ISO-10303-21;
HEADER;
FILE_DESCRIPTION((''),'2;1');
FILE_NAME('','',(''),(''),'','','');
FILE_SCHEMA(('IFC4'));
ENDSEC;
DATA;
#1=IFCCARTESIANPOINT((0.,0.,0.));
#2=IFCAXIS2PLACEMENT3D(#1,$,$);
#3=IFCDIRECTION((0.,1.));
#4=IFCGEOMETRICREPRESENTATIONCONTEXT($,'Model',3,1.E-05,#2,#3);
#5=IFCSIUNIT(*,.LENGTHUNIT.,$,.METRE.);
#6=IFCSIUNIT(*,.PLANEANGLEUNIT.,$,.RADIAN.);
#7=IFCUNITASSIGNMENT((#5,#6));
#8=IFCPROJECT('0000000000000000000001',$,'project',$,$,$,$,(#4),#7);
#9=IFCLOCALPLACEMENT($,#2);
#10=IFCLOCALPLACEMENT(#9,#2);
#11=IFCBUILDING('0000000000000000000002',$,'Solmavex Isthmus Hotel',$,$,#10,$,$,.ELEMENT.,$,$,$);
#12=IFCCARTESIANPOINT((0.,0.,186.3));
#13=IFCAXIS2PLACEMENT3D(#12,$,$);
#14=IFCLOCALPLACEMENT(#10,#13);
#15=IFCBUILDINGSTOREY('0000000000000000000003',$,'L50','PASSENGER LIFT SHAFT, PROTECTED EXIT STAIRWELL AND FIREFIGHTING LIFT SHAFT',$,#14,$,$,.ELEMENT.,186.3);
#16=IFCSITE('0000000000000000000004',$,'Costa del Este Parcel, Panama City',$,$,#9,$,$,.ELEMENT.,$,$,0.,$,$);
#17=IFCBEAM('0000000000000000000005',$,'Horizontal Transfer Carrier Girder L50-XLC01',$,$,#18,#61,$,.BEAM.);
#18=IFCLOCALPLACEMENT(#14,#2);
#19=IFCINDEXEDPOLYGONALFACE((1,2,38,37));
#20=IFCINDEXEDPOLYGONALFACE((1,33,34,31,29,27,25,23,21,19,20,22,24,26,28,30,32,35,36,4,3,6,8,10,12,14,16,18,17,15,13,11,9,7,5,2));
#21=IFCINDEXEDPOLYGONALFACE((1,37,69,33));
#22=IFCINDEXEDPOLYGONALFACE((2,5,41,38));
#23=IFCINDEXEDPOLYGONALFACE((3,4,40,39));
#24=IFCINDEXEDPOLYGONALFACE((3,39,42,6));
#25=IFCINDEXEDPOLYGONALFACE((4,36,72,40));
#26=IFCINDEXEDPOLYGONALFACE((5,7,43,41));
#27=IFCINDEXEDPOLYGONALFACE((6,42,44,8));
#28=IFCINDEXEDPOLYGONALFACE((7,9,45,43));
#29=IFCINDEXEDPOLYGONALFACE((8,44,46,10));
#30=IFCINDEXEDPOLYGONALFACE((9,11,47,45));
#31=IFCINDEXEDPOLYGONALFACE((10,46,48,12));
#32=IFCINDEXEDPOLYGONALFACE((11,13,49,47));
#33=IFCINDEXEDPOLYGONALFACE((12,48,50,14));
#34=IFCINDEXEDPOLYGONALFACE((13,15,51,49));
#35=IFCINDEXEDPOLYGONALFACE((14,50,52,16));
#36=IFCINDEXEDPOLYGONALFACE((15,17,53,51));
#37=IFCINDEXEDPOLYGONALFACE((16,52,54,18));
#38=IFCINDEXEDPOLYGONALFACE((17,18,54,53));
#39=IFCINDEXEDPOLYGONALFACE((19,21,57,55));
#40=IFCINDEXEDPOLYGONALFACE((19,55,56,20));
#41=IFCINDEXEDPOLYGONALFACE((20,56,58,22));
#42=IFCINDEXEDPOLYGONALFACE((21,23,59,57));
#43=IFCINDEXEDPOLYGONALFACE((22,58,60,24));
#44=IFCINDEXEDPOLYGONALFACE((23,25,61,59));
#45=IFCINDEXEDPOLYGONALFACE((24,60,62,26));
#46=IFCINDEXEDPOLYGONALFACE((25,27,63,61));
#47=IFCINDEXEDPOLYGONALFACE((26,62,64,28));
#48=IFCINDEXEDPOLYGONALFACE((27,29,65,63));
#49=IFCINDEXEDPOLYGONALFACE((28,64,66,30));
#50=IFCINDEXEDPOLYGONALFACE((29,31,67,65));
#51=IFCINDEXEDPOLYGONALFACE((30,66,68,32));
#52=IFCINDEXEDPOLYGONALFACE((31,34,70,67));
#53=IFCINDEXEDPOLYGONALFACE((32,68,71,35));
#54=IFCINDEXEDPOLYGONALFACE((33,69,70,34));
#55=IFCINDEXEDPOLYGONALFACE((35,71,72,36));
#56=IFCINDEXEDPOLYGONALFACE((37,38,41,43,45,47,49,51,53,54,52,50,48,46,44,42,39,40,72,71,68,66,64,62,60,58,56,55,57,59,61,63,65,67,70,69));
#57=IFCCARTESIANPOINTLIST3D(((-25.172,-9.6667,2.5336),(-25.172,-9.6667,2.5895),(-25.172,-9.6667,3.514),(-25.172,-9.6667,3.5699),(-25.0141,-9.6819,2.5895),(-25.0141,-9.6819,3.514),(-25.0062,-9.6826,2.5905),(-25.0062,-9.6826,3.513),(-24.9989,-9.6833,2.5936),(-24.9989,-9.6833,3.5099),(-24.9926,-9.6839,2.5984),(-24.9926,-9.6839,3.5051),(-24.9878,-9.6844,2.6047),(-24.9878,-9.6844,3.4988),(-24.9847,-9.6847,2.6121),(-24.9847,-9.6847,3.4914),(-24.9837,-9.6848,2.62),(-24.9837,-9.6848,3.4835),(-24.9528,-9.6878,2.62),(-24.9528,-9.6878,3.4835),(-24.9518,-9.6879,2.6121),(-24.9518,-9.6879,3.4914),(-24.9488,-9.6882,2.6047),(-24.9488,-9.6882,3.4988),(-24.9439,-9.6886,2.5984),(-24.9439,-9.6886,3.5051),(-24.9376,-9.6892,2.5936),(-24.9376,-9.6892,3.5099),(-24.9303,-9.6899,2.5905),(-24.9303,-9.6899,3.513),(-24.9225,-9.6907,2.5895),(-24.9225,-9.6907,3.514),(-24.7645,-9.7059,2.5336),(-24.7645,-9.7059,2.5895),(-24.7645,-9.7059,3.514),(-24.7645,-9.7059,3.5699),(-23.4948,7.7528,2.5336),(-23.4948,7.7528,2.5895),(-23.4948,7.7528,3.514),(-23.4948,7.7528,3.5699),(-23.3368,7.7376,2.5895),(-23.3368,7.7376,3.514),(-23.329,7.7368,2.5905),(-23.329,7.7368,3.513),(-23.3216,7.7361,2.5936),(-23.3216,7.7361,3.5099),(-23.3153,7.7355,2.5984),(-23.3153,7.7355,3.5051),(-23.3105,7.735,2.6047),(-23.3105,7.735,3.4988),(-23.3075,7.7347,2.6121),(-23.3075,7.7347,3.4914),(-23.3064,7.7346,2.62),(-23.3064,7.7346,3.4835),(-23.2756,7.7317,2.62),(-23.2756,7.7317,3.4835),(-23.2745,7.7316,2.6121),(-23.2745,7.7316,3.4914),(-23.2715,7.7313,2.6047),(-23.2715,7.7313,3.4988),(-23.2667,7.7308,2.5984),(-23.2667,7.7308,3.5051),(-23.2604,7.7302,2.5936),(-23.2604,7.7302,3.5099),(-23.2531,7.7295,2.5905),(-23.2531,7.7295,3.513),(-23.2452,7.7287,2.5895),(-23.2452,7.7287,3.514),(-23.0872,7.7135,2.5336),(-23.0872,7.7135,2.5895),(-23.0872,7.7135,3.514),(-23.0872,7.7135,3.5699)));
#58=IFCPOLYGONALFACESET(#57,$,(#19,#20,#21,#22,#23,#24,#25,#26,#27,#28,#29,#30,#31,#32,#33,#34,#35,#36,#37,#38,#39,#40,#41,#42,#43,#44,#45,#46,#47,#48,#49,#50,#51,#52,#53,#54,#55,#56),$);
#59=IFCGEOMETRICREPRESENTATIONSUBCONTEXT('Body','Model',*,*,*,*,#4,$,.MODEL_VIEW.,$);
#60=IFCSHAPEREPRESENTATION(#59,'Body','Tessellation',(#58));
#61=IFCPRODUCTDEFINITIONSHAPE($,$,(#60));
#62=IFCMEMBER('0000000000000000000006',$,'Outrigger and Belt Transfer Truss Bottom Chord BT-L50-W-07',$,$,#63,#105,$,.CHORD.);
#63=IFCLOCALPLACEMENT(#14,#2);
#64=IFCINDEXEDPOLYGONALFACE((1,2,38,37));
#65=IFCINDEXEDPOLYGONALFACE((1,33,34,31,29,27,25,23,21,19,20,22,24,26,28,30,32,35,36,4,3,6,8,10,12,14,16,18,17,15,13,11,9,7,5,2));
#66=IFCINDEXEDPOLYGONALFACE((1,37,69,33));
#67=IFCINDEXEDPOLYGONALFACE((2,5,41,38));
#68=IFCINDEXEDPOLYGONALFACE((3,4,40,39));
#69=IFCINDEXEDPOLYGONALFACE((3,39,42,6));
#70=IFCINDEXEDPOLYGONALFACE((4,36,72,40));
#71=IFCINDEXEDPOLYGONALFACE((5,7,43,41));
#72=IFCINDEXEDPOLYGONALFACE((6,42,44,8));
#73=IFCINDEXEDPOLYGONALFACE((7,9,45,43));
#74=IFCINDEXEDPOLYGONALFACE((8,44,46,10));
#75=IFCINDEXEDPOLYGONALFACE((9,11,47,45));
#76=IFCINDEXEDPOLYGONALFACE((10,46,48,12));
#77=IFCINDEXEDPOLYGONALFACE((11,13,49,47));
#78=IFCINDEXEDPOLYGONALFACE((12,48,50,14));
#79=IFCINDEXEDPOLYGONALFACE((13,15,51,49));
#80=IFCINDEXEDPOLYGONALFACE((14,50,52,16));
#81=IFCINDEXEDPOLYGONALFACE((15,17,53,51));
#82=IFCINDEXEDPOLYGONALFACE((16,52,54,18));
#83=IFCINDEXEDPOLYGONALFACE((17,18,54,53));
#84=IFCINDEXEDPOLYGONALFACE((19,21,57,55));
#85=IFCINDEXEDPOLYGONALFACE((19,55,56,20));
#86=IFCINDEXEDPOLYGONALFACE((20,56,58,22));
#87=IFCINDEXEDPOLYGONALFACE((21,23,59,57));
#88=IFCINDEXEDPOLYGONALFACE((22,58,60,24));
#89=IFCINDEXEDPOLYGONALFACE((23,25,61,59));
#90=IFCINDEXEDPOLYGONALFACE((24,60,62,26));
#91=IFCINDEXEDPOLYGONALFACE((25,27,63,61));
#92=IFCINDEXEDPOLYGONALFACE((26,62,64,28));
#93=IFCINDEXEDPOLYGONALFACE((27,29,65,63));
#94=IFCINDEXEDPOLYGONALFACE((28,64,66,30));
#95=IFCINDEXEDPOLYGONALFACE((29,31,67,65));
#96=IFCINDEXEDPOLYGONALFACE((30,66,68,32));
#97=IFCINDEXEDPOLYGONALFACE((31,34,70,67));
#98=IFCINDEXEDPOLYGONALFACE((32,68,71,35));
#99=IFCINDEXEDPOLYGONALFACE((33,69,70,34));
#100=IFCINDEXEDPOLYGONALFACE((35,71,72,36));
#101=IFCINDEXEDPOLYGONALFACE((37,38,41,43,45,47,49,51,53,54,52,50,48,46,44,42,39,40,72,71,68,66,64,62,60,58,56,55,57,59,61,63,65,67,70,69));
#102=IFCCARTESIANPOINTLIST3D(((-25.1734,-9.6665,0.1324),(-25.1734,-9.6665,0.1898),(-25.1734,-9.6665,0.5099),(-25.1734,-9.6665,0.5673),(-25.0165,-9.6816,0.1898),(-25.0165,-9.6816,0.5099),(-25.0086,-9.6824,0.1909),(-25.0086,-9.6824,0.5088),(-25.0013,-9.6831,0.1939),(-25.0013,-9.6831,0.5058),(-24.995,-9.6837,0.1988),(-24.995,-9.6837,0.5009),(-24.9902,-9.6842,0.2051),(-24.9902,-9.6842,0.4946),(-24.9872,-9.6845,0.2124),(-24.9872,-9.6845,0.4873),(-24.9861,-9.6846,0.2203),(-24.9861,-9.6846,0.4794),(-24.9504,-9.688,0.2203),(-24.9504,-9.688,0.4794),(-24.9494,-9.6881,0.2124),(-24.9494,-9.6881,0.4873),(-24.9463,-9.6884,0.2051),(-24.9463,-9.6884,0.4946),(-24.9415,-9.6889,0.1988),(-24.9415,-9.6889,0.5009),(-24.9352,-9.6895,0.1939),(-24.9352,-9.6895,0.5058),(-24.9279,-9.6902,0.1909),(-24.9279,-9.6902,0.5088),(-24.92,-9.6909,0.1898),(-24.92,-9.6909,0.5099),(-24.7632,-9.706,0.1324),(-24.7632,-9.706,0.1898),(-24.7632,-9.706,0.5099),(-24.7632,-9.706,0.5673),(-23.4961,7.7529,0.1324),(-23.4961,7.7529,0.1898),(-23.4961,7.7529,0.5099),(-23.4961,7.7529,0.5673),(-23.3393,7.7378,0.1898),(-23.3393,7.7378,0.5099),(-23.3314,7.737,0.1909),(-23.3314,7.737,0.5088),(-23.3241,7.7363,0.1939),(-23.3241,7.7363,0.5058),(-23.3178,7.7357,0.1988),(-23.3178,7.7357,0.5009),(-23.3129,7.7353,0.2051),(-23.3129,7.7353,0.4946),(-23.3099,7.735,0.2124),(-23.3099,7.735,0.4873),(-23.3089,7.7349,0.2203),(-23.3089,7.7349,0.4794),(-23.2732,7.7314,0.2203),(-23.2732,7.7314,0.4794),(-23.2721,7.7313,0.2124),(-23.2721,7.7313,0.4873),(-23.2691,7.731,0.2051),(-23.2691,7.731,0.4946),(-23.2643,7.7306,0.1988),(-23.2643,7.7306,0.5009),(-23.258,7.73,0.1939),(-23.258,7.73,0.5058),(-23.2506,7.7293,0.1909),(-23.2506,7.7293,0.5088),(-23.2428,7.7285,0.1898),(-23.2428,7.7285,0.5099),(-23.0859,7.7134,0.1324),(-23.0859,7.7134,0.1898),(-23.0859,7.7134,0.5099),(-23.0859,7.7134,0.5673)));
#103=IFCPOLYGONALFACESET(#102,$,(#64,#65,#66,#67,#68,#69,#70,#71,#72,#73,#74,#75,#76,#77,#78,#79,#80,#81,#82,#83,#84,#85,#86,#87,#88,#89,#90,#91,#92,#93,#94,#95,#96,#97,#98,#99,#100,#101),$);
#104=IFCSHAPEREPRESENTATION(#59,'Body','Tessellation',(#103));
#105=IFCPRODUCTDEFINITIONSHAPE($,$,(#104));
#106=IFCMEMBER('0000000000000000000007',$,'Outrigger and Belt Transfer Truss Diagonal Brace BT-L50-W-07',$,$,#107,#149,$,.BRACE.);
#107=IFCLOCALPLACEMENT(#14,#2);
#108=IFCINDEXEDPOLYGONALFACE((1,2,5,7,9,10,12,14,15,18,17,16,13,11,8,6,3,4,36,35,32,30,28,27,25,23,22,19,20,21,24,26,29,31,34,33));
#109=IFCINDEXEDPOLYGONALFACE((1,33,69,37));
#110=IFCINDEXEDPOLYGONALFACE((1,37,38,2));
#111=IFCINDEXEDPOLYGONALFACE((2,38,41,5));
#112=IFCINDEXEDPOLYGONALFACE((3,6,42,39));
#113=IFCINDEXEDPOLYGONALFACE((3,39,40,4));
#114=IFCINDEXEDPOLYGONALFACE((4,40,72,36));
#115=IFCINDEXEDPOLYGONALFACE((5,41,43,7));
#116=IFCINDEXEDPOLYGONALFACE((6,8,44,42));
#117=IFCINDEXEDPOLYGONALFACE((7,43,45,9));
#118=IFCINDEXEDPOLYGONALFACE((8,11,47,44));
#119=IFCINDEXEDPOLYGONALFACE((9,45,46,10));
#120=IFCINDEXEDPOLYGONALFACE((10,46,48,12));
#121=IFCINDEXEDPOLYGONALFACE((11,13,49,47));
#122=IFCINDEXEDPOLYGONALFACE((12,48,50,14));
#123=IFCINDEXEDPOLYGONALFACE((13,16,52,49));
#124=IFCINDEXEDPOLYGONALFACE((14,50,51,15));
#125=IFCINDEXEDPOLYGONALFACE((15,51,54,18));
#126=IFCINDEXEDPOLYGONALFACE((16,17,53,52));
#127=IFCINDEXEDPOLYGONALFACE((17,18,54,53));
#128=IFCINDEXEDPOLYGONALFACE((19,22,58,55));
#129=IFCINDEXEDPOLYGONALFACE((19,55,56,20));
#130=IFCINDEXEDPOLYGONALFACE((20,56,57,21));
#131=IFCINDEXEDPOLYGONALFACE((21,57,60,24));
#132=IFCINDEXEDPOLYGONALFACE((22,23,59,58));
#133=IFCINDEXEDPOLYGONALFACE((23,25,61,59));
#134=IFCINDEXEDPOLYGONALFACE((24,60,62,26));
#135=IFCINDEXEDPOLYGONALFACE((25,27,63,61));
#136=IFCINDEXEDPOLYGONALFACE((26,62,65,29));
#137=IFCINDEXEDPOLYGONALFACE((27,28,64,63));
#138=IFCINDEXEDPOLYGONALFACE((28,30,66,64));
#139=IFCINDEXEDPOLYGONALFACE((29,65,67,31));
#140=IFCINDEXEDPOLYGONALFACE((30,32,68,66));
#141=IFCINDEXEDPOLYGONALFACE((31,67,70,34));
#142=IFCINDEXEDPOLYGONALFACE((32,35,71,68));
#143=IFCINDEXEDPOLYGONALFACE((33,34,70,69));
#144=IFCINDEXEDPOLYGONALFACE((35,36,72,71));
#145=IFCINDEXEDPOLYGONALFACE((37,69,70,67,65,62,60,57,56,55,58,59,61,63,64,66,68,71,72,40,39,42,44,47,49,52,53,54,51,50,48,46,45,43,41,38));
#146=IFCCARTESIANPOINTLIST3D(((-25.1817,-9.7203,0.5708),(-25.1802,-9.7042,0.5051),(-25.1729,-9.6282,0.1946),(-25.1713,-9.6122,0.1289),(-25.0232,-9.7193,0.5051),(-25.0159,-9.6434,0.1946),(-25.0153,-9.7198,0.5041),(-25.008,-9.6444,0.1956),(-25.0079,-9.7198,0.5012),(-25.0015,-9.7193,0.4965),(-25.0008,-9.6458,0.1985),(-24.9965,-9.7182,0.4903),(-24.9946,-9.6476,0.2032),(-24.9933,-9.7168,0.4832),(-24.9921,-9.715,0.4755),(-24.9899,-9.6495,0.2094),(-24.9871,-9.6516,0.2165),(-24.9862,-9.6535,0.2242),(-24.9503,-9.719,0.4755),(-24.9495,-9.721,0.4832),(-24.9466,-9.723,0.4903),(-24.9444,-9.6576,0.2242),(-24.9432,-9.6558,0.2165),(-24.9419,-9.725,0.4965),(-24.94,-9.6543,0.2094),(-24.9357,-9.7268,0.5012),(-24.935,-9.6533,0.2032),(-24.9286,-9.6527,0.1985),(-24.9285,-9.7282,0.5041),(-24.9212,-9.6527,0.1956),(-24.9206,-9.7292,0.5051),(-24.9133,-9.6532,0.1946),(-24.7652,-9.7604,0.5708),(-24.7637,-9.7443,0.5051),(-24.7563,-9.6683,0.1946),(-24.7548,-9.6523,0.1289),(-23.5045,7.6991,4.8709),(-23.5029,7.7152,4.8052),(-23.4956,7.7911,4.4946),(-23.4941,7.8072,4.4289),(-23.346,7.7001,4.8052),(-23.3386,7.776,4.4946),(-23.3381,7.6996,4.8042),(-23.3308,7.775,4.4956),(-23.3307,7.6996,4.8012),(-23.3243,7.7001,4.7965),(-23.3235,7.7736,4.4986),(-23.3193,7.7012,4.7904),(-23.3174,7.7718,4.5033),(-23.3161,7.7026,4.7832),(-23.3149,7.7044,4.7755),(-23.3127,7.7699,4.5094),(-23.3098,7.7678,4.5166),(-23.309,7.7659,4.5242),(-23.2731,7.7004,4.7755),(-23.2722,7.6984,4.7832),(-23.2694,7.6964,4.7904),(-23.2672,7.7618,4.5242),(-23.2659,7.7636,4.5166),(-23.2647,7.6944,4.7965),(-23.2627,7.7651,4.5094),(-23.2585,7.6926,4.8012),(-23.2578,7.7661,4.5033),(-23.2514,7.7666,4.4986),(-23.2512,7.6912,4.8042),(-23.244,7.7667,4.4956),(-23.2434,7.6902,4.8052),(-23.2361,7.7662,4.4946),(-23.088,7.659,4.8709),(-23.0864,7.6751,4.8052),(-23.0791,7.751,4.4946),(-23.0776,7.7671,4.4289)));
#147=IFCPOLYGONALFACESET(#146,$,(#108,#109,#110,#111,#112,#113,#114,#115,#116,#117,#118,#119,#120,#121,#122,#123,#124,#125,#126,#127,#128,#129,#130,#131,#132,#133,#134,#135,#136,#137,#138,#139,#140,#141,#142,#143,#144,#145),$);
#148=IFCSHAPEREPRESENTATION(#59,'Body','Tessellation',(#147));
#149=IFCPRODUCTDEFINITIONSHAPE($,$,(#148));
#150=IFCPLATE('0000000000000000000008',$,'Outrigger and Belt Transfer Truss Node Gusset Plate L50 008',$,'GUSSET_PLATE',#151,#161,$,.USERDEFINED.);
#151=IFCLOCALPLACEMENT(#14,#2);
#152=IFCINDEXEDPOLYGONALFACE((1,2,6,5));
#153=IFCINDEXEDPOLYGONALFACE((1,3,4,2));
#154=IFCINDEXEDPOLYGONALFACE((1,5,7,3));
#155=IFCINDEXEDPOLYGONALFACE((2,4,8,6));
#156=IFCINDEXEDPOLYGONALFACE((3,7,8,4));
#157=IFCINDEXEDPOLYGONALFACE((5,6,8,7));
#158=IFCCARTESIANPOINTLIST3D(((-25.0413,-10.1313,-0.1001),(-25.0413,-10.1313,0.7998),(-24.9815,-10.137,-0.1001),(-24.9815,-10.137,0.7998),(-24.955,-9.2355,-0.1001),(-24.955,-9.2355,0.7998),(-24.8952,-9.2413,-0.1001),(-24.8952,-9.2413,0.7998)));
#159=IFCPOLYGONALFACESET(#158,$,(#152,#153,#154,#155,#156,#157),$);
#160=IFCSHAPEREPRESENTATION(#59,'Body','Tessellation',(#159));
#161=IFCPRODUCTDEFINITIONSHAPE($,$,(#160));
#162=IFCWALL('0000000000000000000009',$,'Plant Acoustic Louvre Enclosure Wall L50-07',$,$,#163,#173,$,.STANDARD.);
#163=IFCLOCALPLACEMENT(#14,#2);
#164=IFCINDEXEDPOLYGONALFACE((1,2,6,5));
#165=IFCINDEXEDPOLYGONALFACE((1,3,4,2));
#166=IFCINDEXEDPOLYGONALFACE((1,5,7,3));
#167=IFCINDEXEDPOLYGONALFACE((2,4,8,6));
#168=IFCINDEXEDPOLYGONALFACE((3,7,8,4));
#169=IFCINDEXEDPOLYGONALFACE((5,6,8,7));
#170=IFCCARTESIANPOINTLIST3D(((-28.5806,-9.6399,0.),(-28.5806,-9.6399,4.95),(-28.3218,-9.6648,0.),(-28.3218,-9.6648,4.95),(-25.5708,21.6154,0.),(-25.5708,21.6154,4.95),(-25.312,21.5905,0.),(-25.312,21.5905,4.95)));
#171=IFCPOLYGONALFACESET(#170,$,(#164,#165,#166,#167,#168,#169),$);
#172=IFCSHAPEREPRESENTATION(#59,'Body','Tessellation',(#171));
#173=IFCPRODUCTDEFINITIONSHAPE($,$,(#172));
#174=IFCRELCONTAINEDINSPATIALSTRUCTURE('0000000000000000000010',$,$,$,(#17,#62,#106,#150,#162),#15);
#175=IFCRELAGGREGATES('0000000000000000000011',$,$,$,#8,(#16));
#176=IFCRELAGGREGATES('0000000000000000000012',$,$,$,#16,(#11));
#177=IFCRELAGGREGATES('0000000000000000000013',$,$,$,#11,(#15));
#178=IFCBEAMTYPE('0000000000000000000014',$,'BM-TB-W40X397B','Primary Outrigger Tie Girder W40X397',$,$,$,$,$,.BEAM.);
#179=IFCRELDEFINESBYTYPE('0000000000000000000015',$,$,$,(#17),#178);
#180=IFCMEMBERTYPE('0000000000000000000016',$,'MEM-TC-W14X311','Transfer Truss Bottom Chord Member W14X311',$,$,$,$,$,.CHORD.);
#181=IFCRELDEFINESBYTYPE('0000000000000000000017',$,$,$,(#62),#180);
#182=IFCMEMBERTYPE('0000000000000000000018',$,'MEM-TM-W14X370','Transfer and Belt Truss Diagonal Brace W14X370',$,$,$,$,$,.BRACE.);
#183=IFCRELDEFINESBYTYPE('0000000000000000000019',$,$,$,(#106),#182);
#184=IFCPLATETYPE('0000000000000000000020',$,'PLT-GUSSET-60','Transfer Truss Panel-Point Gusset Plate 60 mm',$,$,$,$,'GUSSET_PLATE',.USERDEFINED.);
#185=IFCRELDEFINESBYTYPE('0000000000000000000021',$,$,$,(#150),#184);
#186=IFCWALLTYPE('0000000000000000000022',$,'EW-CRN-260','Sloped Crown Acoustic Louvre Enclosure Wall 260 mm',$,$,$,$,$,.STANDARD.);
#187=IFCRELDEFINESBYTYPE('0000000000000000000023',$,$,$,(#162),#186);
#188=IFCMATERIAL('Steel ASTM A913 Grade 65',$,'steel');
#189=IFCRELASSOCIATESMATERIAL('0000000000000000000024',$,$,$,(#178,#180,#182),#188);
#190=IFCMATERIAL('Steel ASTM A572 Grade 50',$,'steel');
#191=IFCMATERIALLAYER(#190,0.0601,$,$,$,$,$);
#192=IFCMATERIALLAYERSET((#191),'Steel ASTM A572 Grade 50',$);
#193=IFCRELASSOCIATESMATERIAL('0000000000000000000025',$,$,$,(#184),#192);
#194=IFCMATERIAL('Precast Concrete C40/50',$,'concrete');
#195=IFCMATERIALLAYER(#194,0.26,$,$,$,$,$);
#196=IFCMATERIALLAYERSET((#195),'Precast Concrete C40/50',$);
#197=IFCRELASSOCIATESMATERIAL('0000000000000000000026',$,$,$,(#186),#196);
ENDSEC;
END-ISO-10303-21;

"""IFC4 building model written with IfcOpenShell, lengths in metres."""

from ifc_helpers import new_model, si_unit, direction, frame, frame_2d, origin, origin_2d, place, context, subcontext, project, spatial, rectangle, i_section, extrude, material, layer, layer_set, material_profile, profile_set, type_object, element, save


model = new_model("IFC4")

# Units and contexts
model_context = context("Model", 3, precision=1e-05, world=origin(), true_north=direction((0.0, 1.0)))
body_context = subcontext(model_context, "Body", "Model", "MODEL_VIEW")
ifc_project = project(units=[si_unit("LENGTHUNIT", "METRE"), si_unit("PLANEANGLEUNIT", "RADIAN")], contexts=[model_context])

# Site, building, storey
site_placement = place(None, origin())
site = spatial("IfcSite", under=ifc_project, at=site_placement, Name="Costa del Este Parcel, Panama City", CompositionType="ELEMENT", RefElevation=0.0)
building_placement = place(site_placement, origin())
building = spatial("IfcBuilding", under=site, at=building_placement, Name="Solmavex Isthmus Hotel", CompositionType="ELEMENT")
storey_placement = place(building_placement, frame((0.0, 0.0, 186.3)))
storey = spatial("IfcBuildingStorey", under=building, at=storey_placement, Name="L50", Description="PASSENGER LIFT SHAFT, PROTECTED EXIT STAIRWELL AND FIREFIGHTING LIFT SHAFT", CompositionType="ELEMENT", Elevation=186.3)

# Shared definitions
ifc_material_1 = material(Name="Steel ASTM A913 Grade 65", Category="steel")

# Beam
ifc_material_profile_1 = material_profile(ifc_material_1, i_section(OverallWidth=0.4094, OverallDepth=1.0364, WebThickness=0.031, FlangeThickness=0.0559, FilletRadius=0.0305, at=origin_2d()), Name="W40X397")
ifc_profile_set_1 = profile_set([ifc_material_profile_1], Name="Steel ASTM A913 Grade 65")
beam_type_1 = type_object("IfcBeamType", Name="BM-TB-W40X397B", Description="Primary Outrigger Tie Girder W40X397", PredefinedType="BEAM", material=ifc_profile_set_1)
beam_1_placement = place(storey_placement, frame((-24.9683, -9.6863, 3.0518), z_axis=(0.095843, 0.995396, 0.0), x_axis=(-0.995396, 0.095843, 0.0)))
element("IfcBeam", 1, at=beam_1_placement, inside=storey, type_object=beam_type_1, Name="Horizontal Transfer Carrier Girder L50-XLC01", PredefinedType="BEAM", context=body_context, shape_type="SweptSolid", body=[
    extrude(i_section(OverallWidth=0.4094, OverallDepth=1.0364, WebThickness=0.031, FlangeThickness=0.0559, FilletRadius=0.0305, at=origin_2d()), origin(), (0.0, 0.0, 1.0), 17.5),
])

# Members
ifc_material_profile_2 = material_profile(ifc_material_1, i_section(OverallWidth=0.4121, OverallDepth=0.4348, WebThickness=0.0359, FlangeThickness=0.0574, FilletRadius=0.0305, at=origin_2d()), Name="W14X311")
ifc_profile_set_2 = profile_set([ifc_material_profile_2], Name="Steel ASTM A913 Grade 65")
member_type_1 = type_object("IfcMemberType", Name="MEM-TC-W14X311", Description="Transfer Truss Bottom Chord Member W14X311", PredefinedType="CHORD", material=ifc_profile_set_2)
member_1_placement = place(storey_placement, frame((-24.9683, -9.6863, 0.3499), z_axis=(0.095843, 0.995396, 0.0), x_axis=(-0.995396, 0.095843, 0.0)))
element("IfcMember", 2, at=member_1_placement, inside=storey, type_object=member_type_1, Name="Outrigger and Belt Transfer Truss Bottom Chord BT-L50-W-07", PredefinedType="CHORD", context=body_context, shape_type="SweptSolid", body=[
    extrude(i_section(OverallWidth=0.4121, OverallDepth=0.4348, WebThickness=0.0359, FlangeThickness=0.0574, FilletRadius=0.0305, at=origin_2d()), origin(), (0.0, 0.0, 1.0), 17.5),
])
ifc_material_profile_3 = material_profile(ifc_material_1, i_section(OverallWidth=0.4185, OverallDepth=0.4551, WebThickness=0.042, FlangeThickness=0.0676, FilletRadius=0.0305, at=origin_2d()), Name="W14X370")
ifc_profile_set_3 = profile_set([ifc_material_profile_3], Name="Steel ASTM A913 Grade 65")
member_type_2 = type_object("IfcMemberType", Name="MEM-TM-W14X370", Description="Transfer and Belt Truss Diagonal Brace W14X370", PredefinedType="BRACE", material=ifc_profile_set_3)
member_2_placement = place(storey_placement, frame((-24.9683, -9.6863, 0.3499), z_axis=(0.093074, 0.966643, 0.238619), x_axis=(-0.995396, 0.095843, 0.0)))
element("IfcMember", 3, at=member_2_placement, inside=storey, type_object=member_type_2, Name="Outrigger and Belt Transfer Truss Diagonal Brace BT-L50-W-07", PredefinedType="BRACE", context=body_context, shape_type="SweptSolid", body=[
    extrude(i_section(OverallWidth=0.4185, OverallDepth=0.4551, WebThickness=0.042, FlangeThickness=0.0676, FilletRadius=0.0305, at=origin_2d()), origin(), (0.0, 0.0, 1.0), 18.0205),
])

# Plate
ifc_material_2 = material(Name="Steel ASTM A572 Grade 50", Category="steel")
ifc_layer_1 = layer(ifc_material_2, 0.0601)
ifc_layer_set_1 = layer_set([ifc_layer_1], Name="Steel ASTM A572 Grade 50")
plate_type = type_object("IfcPlateType", Name="PLT-GUSSET-60", Description="Transfer Truss Panel-Point Gusset Plate 60 mm", ElementType="GUSSET_PLATE", PredefinedType="USERDEFINED", material=ifc_layer_set_1)
plate_placement = place(storey_placement, frame((-24.9683, -9.6863, -0.1001), z_axis=(0.0, 0.0, 1.0), x_axis=(0.095846, 0.995396, 0.0)))
element("IfcPlate", 4, at=plate_placement, inside=storey, type_object=plate_type, Name="Outrigger and Belt Transfer Truss Node Gusset Plate L50 008", ObjectType="GUSSET_PLATE", PredefinedType="USERDEFINED", context=body_context, shape_type="SweptSolid", body=[
    extrude(rectangle(XDim=0.8999, YDim=0.0601, at=origin_2d()), origin(), (0.0, 0.0, 1.0), 0.8999),
])

# Wall
ifc_material_3 = material(Name="Precast Concrete C40/50", Category="concrete")
ifc_layer_2 = layer(ifc_material_3, 0.26)
ifc_layer_set_2 = layer_set([ifc_layer_2], Name="Precast Concrete C40/50")
wall_type_1 = type_object("IfcWallType", Name="EW-CRN-260", Description="Sloped Crown Acoustic Louvre Enclosure Wall 260 mm", PredefinedType="STANDARD", material=ifc_layer_set_2)
wall_1_placement = place(storey_placement, frame((-28.4512, -9.6523, 0.0), z_axis=(0.0, 0.0, 1.0), x_axis=(0.095853, 0.995396, 0.0)))
element("IfcWall", 5, at=wall_1_placement, inside=storey, type_object=wall_type_1, Name="Plant Acoustic Louvre Enclosure Wall L50-07", PredefinedType="STANDARD", context=body_context, shape_type="SweptSolid", body=[
    extrude(rectangle(XDim=31.3999, YDim=0.26, at=frame_2d((15.7, 0.0))), origin(), (0.0, 0.0, 1.0), 4.95),
])

save(model, "model.ifc")
